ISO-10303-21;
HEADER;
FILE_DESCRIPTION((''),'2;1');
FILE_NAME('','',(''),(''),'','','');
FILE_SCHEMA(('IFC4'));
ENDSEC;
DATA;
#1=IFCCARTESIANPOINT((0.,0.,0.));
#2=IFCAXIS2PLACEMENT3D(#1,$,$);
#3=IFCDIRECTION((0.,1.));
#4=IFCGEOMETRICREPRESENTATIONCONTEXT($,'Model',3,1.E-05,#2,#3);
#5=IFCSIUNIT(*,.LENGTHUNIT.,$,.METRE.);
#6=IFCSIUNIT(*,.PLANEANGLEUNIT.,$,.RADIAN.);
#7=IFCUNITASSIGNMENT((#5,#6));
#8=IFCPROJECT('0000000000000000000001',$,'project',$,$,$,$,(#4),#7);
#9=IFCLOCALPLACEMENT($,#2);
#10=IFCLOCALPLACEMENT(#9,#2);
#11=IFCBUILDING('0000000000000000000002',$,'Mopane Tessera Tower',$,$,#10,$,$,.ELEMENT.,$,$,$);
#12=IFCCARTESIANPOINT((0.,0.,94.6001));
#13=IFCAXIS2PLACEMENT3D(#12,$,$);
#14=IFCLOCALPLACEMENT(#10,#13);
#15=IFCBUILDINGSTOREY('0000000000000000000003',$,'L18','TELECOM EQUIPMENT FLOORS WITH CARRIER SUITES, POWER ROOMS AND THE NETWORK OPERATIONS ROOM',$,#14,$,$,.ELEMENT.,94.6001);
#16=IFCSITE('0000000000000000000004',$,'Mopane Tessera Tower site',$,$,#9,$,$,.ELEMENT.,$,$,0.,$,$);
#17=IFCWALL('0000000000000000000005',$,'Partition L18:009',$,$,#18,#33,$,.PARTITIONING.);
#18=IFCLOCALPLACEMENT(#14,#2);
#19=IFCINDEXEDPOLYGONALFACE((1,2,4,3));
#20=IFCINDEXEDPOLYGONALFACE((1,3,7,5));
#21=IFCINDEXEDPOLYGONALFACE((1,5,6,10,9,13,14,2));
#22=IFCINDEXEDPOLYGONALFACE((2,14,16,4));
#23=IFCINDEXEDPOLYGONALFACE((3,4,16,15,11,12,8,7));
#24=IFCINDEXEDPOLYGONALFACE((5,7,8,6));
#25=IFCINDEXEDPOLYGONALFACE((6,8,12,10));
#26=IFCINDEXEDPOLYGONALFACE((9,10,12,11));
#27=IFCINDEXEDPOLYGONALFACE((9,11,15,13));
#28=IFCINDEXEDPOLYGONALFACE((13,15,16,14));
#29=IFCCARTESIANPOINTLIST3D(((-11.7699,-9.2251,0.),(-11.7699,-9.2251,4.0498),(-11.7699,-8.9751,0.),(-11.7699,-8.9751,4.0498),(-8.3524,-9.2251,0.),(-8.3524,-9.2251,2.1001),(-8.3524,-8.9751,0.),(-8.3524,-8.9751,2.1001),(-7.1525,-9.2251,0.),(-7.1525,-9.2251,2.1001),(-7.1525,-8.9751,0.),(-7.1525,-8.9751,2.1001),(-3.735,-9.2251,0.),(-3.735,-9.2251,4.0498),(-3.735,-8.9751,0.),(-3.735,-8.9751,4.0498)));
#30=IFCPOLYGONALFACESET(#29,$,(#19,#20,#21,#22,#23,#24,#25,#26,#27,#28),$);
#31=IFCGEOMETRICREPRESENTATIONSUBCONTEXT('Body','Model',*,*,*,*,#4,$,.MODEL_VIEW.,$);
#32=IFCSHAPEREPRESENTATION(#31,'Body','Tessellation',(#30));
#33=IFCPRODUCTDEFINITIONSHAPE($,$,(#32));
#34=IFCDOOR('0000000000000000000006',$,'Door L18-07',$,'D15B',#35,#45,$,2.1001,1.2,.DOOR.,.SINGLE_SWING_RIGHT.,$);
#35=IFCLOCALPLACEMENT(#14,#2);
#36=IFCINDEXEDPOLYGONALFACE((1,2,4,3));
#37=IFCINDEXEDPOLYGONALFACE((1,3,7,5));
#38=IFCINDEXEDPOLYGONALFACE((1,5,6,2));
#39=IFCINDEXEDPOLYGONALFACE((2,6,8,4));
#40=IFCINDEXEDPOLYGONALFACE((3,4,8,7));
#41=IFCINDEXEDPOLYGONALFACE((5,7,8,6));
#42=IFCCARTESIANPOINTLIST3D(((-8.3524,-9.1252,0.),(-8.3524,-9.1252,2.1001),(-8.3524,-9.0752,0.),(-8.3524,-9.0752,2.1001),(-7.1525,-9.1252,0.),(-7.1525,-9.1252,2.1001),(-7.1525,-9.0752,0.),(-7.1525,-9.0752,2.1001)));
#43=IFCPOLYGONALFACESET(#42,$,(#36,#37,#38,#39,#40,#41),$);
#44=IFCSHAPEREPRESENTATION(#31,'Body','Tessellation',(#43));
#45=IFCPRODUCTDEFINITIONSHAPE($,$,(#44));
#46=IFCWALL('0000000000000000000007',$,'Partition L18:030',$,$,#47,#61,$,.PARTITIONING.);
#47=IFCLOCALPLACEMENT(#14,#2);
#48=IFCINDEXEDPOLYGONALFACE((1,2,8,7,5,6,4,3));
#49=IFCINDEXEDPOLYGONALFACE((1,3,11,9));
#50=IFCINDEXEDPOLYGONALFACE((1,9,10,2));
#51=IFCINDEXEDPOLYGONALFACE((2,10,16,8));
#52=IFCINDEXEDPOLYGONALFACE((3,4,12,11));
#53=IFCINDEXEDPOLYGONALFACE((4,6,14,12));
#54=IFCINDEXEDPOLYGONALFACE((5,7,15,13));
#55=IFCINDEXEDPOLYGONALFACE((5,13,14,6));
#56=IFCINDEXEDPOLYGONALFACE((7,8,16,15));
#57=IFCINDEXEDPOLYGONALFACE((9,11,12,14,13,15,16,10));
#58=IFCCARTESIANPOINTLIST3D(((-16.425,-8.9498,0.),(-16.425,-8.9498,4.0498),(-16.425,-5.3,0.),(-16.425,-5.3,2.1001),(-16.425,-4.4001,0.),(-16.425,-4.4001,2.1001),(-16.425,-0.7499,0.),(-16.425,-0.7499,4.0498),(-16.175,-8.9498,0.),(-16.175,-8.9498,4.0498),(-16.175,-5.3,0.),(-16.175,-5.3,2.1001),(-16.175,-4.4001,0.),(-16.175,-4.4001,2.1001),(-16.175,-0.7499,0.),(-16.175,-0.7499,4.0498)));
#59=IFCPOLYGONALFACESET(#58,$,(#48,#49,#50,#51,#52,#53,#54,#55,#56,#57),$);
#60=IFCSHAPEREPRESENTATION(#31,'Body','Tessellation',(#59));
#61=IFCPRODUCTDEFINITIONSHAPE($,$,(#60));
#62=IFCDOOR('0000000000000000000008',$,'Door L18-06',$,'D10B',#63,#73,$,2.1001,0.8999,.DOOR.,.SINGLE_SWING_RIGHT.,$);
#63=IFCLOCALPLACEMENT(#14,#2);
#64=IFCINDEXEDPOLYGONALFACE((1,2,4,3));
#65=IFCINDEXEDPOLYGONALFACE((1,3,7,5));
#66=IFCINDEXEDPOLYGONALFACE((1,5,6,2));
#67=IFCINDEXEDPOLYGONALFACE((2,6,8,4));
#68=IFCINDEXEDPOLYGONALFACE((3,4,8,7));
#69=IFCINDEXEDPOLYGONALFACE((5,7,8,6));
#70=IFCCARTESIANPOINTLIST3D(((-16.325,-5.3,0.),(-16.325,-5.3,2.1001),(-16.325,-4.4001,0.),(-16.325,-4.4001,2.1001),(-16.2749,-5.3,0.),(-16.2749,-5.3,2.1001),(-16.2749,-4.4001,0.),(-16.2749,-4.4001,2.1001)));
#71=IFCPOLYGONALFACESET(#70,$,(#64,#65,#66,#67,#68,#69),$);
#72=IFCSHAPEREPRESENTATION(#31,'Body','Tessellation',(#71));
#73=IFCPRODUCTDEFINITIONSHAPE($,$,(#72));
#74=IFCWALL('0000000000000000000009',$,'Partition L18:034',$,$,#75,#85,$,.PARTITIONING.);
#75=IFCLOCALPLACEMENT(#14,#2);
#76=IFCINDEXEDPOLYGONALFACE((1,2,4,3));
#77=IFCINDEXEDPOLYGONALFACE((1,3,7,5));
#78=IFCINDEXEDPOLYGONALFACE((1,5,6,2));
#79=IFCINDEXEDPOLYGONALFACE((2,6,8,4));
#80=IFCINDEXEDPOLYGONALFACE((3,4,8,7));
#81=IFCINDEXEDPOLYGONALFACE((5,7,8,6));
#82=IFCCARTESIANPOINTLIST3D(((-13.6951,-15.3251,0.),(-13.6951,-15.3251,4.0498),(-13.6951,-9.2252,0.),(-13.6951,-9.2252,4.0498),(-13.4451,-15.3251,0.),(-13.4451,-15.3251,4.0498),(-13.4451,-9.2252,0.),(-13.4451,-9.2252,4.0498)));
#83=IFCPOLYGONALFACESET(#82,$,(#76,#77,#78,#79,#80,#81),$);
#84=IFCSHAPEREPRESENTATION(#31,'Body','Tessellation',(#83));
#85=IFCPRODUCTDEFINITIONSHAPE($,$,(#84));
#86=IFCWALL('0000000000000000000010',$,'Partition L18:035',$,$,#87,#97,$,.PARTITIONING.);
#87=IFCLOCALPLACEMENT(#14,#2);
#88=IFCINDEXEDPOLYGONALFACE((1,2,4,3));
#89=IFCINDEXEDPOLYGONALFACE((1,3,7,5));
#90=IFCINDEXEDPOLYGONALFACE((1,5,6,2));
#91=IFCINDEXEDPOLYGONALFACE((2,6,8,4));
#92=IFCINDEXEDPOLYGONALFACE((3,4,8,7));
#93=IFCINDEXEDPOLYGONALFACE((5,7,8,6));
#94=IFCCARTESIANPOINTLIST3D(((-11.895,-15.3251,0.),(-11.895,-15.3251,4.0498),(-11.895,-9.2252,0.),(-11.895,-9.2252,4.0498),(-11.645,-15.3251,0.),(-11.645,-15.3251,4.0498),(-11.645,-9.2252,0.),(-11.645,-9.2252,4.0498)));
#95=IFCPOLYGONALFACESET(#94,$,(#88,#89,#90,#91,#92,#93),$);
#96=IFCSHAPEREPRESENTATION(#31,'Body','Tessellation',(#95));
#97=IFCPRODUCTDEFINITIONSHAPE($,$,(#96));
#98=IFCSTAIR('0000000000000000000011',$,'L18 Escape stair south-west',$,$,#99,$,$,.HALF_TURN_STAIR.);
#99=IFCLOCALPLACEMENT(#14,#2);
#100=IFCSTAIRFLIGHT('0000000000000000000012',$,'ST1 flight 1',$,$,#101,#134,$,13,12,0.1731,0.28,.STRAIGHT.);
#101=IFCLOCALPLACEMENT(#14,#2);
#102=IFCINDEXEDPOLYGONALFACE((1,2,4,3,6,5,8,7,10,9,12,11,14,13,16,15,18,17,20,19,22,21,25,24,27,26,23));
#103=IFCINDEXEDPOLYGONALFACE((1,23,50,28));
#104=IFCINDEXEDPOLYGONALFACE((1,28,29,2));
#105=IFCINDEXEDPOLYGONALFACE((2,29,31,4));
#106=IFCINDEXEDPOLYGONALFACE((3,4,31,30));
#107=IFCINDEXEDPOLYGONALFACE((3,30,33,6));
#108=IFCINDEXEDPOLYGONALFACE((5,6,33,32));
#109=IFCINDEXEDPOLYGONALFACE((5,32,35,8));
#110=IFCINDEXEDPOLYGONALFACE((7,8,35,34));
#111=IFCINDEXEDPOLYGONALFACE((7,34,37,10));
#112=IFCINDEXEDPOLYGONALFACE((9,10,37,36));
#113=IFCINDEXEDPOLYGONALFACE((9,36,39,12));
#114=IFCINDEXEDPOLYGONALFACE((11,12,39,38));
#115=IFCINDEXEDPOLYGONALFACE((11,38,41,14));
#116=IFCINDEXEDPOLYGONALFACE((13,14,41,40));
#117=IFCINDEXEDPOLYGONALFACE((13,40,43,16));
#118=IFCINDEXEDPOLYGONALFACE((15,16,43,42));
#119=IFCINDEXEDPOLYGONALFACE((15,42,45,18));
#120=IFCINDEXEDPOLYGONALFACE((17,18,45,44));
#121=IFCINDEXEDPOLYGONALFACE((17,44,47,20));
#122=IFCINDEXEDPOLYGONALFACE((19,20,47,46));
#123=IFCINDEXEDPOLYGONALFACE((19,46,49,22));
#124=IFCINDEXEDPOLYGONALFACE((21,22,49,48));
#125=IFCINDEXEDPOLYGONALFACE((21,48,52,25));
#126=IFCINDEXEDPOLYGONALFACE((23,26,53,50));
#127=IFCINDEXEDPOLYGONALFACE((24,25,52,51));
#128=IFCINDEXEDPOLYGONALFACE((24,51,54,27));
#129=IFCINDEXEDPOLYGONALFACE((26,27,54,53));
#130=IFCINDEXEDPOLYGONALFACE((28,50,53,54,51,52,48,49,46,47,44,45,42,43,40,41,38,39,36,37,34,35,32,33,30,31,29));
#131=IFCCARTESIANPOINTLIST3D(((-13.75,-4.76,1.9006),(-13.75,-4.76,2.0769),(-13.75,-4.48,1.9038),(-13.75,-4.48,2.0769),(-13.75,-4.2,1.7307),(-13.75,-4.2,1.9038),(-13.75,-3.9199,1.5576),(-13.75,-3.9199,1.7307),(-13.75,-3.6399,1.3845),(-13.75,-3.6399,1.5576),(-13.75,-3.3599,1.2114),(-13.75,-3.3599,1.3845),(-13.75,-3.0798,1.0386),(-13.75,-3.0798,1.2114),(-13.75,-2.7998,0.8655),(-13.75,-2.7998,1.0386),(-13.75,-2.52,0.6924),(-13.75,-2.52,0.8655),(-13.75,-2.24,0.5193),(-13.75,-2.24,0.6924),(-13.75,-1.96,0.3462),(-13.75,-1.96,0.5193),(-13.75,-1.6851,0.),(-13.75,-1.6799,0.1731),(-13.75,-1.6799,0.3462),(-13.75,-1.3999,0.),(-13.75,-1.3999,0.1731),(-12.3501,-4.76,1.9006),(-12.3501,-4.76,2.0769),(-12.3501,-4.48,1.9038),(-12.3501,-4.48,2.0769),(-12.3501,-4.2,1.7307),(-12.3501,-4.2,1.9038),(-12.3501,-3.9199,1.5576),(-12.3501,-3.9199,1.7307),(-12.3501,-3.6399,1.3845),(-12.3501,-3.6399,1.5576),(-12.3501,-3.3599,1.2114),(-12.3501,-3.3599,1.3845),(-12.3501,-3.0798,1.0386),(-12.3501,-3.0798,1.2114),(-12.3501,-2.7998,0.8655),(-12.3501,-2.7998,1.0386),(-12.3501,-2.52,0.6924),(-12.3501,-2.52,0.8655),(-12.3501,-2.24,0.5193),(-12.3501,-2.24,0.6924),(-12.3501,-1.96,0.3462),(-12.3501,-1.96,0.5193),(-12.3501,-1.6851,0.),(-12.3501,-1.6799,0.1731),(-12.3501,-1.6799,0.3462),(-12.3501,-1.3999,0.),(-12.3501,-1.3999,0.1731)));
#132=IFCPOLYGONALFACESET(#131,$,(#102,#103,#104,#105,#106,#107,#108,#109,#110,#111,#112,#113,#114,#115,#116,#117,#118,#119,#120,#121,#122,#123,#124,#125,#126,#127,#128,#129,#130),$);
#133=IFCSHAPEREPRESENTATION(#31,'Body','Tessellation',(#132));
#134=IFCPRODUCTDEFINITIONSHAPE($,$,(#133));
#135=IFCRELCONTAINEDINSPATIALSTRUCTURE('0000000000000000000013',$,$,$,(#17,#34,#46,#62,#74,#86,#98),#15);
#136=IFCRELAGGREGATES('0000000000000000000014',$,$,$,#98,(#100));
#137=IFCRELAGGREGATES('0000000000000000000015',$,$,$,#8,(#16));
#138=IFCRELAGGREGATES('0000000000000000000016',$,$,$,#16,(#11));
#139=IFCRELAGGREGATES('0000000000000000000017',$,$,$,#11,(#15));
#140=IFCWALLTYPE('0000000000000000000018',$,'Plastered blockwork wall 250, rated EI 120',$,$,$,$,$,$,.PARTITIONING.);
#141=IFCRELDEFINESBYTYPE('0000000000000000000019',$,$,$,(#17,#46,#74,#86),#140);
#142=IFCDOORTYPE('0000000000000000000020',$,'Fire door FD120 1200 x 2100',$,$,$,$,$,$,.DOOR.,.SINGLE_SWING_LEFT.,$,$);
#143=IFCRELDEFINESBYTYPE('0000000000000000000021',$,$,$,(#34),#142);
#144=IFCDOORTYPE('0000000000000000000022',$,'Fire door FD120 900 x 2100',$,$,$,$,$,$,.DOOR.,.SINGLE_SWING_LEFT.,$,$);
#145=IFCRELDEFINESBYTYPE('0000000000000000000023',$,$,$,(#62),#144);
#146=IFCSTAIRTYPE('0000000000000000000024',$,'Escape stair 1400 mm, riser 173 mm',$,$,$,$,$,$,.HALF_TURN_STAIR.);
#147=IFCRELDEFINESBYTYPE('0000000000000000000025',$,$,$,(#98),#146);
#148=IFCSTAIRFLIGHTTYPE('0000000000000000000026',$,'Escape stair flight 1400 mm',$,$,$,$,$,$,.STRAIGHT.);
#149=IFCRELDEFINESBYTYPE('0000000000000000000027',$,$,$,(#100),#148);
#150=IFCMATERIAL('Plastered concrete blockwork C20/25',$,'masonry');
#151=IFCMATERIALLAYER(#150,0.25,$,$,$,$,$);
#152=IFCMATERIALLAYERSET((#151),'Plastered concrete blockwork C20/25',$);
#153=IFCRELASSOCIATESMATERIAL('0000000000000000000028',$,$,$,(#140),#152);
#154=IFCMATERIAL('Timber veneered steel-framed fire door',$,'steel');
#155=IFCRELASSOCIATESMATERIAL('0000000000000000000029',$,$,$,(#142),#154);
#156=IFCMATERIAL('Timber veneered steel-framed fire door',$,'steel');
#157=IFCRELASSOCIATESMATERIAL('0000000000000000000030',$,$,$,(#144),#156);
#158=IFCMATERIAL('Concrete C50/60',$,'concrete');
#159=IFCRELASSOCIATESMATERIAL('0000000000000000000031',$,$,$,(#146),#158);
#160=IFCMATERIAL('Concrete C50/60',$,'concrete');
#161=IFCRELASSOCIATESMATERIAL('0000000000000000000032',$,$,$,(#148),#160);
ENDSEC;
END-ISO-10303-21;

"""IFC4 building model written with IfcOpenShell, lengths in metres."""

from ifc_helpers import new_model, si_unit, direction, frame, frame_2d, origin, place, context, subcontext, project, spatial, polyline, rectangle, outline, extrude, material, layer, layer_set, type_object, element, fill, aggregate, save


model = new_model("IFC4")

# Units and contexts
model_context = context("Model", 3, precision=1e-05, world=origin(), true_north=direction((0.0, 1.0)))
body_context = subcontext(model_context, "Body", "Model", "MODEL_VIEW")
ifc_project = project(units=[si_unit("LENGTHUNIT", "METRE"), si_unit("PLANEANGLEUNIT", "RADIAN")], contexts=[model_context])

# Site, building, storey
site_placement = place(None, origin())
site = spatial("IfcSite", under=ifc_project, at=site_placement, Name="Mopane Tessera Tower site", CompositionType="ELEMENT", RefElevation=0.0)
building_placement = place(site_placement, origin())
building = spatial("IfcBuilding", under=site, at=building_placement, Name="Mopane Tessera Tower", CompositionType="ELEMENT")
storey_placement = place(building_placement, frame((0.0, 0.0, 94.6001)))
storey = spatial("IfcBuildingStorey", under=building, at=storey_placement, Name="L18", Description="TELECOM EQUIPMENT FLOORS WITH CARRIER SUITES, POWER ROOMS AND THE NETWORK OPERATIONS ROOM", CompositionType="ELEMENT", Elevation=94.6001)

# Shared definitions
ifc_material_1 = material(Name="Plastered concrete blockwork C20/25", Category="masonry")
ifc_layer_1 = layer(ifc_material_1, 0.25)
ifc_layer_set_1 = layer_set([ifc_layer_1], Name="Plastered concrete blockwork C20/25")
wall_type_1 = type_object("IfcWallType", Name="Plastered blockwork wall 250, rated EI 120", PredefinedType="PARTITIONING", material=ifc_layer_set_1)

# Walls, openings, doors
wall_1_placement = place(storey_placement, frame((-11.77, -9.1001, 0.0), z_axis=(0.0, 0.0, 1.0), x_axis=(1.0, 0.0, 0.0)))
wall_1 = element("IfcWall", 1, at=wall_1_placement, inside=storey, type_object=wall_type_1, Name="Partition L18:009", PredefinedType="PARTITIONING", context=body_context, shape_type="SweptSolid", body=[
    extrude(rectangle(XDim=8.0349, YDim=0.25, at=frame_2d((4.0176, 0.0))), origin(), (0.0, 0.0, 1.0), 4.0498),
])
opening_1_placement = place(wall_1_placement, frame((3.4175, 0.0, 0.0)))
opening_1 = element("IfcOpeningElement", 2, at=opening_1_placement, cuts=wall_1, PredefinedType="OPENING", context=body_context, shape_type="SweptSolid", body=[
    extrude(rectangle(XDim=1.2, YDim=2.1001, at=frame_2d((0.6001, 1.05))), frame((0.0, 0.137, 0.0), z_axis=(0.0, -1.0, 0.0), x_axis=(1.0, 0.0, 0.0)), (0.0, 0.0, 1.0), 0.2739),
])
ifc_material_2 = material(Name="Timber veneered steel-framed fire door", Category="steel")
door_type_1 = type_object("IfcDoorType", Name="Fire door FD120 1200 x 2100", OperationType="SINGLE_SWING_LEFT", PredefinedType="DOOR", material=ifc_material_2)
door_1_placement = place(opening_1_placement, origin())
door_1 = element("IfcDoor", 3, at=door_1_placement, inside=storey, type_object=door_type_1, Name="Door L18-07", ObjectType="D15B", OperationType="SINGLE_SWING_RIGHT", OverallHeight=2.1001, OverallWidth=1.2, PredefinedType="DOOR", context=body_context, shape_type="SweptSolid", body=[
    extrude(rectangle(XDim=1.2, YDim=2.1001, at=frame_2d((0.6001, 1.05))), frame((0.0, 0.0249, 0.0), z_axis=(0.0, -1.0, 0.0), x_axis=(1.0, 0.0, 0.0)), (0.0, 0.0, 1.0), 0.05),
])
fill(opening_1, door_1)
wall_2_placement = place(storey_placement, frame((-16.3, -8.95, 0.0), z_axis=(0.0, 0.0, 1.0), x_axis=(0.0, 1.0, 0.0)))
wall_2 = element("IfcWall", 4, at=wall_2_placement, inside=storey, type_object=wall_type_1, Name="Partition L18:030", PredefinedType="PARTITIONING", context=body_context, shape_type="SweptSolid", body=[
    extrude(rectangle(XDim=8.2, YDim=0.25, at=frame_2d((4.1001, 0.0))), origin(), (0.0, 0.0, 1.0), 4.0498),
])
opening_2_placement = place(wall_2_placement, frame((3.6499, 0.0, 0.0)))
opening_2 = element("IfcOpeningElement", 5, at=opening_2_placement, cuts=wall_2, PredefinedType="OPENING", context=body_context, shape_type="SweptSolid", body=[
    extrude(rectangle(XDim=0.8999, YDim=2.1001, at=frame_2d((0.45, 1.05))), frame((0.0, 0.137, 0.0), z_axis=(0.0, -1.0, 0.0), x_axis=(1.0, 0.0, 0.0)), (0.0, 0.0, 1.0), 0.2739),
])
ifc_material_3 = material(Name="Timber veneered steel-framed fire door", Category="steel")
door_type_2 = type_object("IfcDoorType", Name="Fire door FD120 900 x 2100", OperationType="SINGLE_SWING_LEFT", PredefinedType="DOOR", material=ifc_material_3)
door_2_placement = place(opening_2_placement, origin())
door_2 = element("IfcDoor", 6, at=door_2_placement, inside=storey, type_object=door_type_2, Name="Door L18-06", ObjectType="D10B", OperationType="SINGLE_SWING_RIGHT", OverallHeight=2.1001, OverallWidth=0.8999, PredefinedType="DOOR", context=body_context, shape_type="SweptSolid", body=[
    extrude(rectangle(XDim=0.8999, YDim=2.1001, at=frame_2d((0.45, 1.05))), frame((0.0, 0.0249, 0.0), z_axis=(0.0, -1.0, 0.0), x_axis=(1.0, 0.0, 0.0)), (0.0, 0.0, 1.0), 0.05),
])
fill(opening_2, door_2)

# Walls
for number, where, z_axis, x_axis, name in (
    (7, (-13.5701, -15.325, 0.0), (0.0, 0.0, 1.0), (0.0, 1.0, 0.0), "Partition L18:034"),
    (8, (-11.77, -15.325, 0.0), (0.0, 0.0, 1.0), (0.0, 1.0, 0.0), "Partition L18:035"),
):
    element("IfcWall", number, at=place(storey_placement, frame(where, z_axis=z_axis, x_axis=x_axis)), inside=storey, type_object=wall_type_1, Name=name, PredefinedType="PARTITIONING", context=body_context, shape_type="SweptSolid", body=[
        extrude(rectangle(XDim=6.0999, YDim=0.25, at=frame_2d((3.0498, 0.0))), origin(), (0.0, 0.0, 1.0), 4.0498),
    ])

# Stair, stair flight
ifc_material_4 = material(Name="Concrete C50/60", Category="concrete")
stair_type = type_object("IfcStairType", Name="Escape stair 1400 mm, riser 173 mm", PredefinedType="HALF_TURN_STAIR", material=ifc_material_4)
stair_placement = place(storey_placement, origin())
stair = element("IfcStair", 9, at=stair_placement, inside=storey, type_object=stair_type, Name="L18 Escape stair south-west", PredefinedType="HALF_TURN_STAIR")
ifc_material_5 = material(Name="Concrete C50/60", Category="concrete")
stair_flight_type = type_object("IfcStairFlightType", Name="Escape stair flight 1400 mm", PredefinedType="STRAIGHT", material=ifc_material_5)
stair_flight_placement = place(storey_placement, frame((-13.05, -1.3999, 0.0), z_axis=(0.0, 0.0, 1.0), x_axis=(0.0, -1.0, 0.0)))
stair_flight = element("IfcStairFlight", 10, at=stair_flight_placement, type_object=stair_flight_type, Name="ST1 flight 1", NumberOfRisers=13, NumberOfTreads=12, PredefinedType="STRAIGHT", RiserHeight=0.1731, TreadLength=0.28, context=body_context, shape_type="SweptSolid", body=[
    extrude(outline(polyline([(0.0, 0.0), (0.0, 0.1731), (0.28, 0.1731), (0.28, 0.3462), (0.5601, 0.3462), (0.5601, 0.5193), (0.8401, 0.5193), (0.8401, 0.6924), (1.1201, 0.6924), (1.1201, 0.8655), (1.3999, 0.8655), (1.3999, 1.0386), (1.6799, 1.0386), (1.6799, 1.2114), (1.96, 1.2114), (1.96, 1.3845), (2.24, 1.3845), (2.24, 1.5576), (2.52, 1.5576), (2.52, 1.7307), (2.8, 1.7307), (2.8, 1.9038), (3.0801, 1.9038), (3.0801, 2.0769), (3.3601, 2.0769), (3.3601, 2.25), (3.3601, 1.9006), (0.2852, 0.0), (0.0, 0.0)])), frame((0.0, 0.7, 0.0), z_axis=(0.0, -1.0, 0.0), x_axis=(1.0, 0.0, 0.0)), (0.0, 0.0, 1.0), 1.3999),
])
aggregate(stair, [stair_flight])

save(model, "model.ifc")
